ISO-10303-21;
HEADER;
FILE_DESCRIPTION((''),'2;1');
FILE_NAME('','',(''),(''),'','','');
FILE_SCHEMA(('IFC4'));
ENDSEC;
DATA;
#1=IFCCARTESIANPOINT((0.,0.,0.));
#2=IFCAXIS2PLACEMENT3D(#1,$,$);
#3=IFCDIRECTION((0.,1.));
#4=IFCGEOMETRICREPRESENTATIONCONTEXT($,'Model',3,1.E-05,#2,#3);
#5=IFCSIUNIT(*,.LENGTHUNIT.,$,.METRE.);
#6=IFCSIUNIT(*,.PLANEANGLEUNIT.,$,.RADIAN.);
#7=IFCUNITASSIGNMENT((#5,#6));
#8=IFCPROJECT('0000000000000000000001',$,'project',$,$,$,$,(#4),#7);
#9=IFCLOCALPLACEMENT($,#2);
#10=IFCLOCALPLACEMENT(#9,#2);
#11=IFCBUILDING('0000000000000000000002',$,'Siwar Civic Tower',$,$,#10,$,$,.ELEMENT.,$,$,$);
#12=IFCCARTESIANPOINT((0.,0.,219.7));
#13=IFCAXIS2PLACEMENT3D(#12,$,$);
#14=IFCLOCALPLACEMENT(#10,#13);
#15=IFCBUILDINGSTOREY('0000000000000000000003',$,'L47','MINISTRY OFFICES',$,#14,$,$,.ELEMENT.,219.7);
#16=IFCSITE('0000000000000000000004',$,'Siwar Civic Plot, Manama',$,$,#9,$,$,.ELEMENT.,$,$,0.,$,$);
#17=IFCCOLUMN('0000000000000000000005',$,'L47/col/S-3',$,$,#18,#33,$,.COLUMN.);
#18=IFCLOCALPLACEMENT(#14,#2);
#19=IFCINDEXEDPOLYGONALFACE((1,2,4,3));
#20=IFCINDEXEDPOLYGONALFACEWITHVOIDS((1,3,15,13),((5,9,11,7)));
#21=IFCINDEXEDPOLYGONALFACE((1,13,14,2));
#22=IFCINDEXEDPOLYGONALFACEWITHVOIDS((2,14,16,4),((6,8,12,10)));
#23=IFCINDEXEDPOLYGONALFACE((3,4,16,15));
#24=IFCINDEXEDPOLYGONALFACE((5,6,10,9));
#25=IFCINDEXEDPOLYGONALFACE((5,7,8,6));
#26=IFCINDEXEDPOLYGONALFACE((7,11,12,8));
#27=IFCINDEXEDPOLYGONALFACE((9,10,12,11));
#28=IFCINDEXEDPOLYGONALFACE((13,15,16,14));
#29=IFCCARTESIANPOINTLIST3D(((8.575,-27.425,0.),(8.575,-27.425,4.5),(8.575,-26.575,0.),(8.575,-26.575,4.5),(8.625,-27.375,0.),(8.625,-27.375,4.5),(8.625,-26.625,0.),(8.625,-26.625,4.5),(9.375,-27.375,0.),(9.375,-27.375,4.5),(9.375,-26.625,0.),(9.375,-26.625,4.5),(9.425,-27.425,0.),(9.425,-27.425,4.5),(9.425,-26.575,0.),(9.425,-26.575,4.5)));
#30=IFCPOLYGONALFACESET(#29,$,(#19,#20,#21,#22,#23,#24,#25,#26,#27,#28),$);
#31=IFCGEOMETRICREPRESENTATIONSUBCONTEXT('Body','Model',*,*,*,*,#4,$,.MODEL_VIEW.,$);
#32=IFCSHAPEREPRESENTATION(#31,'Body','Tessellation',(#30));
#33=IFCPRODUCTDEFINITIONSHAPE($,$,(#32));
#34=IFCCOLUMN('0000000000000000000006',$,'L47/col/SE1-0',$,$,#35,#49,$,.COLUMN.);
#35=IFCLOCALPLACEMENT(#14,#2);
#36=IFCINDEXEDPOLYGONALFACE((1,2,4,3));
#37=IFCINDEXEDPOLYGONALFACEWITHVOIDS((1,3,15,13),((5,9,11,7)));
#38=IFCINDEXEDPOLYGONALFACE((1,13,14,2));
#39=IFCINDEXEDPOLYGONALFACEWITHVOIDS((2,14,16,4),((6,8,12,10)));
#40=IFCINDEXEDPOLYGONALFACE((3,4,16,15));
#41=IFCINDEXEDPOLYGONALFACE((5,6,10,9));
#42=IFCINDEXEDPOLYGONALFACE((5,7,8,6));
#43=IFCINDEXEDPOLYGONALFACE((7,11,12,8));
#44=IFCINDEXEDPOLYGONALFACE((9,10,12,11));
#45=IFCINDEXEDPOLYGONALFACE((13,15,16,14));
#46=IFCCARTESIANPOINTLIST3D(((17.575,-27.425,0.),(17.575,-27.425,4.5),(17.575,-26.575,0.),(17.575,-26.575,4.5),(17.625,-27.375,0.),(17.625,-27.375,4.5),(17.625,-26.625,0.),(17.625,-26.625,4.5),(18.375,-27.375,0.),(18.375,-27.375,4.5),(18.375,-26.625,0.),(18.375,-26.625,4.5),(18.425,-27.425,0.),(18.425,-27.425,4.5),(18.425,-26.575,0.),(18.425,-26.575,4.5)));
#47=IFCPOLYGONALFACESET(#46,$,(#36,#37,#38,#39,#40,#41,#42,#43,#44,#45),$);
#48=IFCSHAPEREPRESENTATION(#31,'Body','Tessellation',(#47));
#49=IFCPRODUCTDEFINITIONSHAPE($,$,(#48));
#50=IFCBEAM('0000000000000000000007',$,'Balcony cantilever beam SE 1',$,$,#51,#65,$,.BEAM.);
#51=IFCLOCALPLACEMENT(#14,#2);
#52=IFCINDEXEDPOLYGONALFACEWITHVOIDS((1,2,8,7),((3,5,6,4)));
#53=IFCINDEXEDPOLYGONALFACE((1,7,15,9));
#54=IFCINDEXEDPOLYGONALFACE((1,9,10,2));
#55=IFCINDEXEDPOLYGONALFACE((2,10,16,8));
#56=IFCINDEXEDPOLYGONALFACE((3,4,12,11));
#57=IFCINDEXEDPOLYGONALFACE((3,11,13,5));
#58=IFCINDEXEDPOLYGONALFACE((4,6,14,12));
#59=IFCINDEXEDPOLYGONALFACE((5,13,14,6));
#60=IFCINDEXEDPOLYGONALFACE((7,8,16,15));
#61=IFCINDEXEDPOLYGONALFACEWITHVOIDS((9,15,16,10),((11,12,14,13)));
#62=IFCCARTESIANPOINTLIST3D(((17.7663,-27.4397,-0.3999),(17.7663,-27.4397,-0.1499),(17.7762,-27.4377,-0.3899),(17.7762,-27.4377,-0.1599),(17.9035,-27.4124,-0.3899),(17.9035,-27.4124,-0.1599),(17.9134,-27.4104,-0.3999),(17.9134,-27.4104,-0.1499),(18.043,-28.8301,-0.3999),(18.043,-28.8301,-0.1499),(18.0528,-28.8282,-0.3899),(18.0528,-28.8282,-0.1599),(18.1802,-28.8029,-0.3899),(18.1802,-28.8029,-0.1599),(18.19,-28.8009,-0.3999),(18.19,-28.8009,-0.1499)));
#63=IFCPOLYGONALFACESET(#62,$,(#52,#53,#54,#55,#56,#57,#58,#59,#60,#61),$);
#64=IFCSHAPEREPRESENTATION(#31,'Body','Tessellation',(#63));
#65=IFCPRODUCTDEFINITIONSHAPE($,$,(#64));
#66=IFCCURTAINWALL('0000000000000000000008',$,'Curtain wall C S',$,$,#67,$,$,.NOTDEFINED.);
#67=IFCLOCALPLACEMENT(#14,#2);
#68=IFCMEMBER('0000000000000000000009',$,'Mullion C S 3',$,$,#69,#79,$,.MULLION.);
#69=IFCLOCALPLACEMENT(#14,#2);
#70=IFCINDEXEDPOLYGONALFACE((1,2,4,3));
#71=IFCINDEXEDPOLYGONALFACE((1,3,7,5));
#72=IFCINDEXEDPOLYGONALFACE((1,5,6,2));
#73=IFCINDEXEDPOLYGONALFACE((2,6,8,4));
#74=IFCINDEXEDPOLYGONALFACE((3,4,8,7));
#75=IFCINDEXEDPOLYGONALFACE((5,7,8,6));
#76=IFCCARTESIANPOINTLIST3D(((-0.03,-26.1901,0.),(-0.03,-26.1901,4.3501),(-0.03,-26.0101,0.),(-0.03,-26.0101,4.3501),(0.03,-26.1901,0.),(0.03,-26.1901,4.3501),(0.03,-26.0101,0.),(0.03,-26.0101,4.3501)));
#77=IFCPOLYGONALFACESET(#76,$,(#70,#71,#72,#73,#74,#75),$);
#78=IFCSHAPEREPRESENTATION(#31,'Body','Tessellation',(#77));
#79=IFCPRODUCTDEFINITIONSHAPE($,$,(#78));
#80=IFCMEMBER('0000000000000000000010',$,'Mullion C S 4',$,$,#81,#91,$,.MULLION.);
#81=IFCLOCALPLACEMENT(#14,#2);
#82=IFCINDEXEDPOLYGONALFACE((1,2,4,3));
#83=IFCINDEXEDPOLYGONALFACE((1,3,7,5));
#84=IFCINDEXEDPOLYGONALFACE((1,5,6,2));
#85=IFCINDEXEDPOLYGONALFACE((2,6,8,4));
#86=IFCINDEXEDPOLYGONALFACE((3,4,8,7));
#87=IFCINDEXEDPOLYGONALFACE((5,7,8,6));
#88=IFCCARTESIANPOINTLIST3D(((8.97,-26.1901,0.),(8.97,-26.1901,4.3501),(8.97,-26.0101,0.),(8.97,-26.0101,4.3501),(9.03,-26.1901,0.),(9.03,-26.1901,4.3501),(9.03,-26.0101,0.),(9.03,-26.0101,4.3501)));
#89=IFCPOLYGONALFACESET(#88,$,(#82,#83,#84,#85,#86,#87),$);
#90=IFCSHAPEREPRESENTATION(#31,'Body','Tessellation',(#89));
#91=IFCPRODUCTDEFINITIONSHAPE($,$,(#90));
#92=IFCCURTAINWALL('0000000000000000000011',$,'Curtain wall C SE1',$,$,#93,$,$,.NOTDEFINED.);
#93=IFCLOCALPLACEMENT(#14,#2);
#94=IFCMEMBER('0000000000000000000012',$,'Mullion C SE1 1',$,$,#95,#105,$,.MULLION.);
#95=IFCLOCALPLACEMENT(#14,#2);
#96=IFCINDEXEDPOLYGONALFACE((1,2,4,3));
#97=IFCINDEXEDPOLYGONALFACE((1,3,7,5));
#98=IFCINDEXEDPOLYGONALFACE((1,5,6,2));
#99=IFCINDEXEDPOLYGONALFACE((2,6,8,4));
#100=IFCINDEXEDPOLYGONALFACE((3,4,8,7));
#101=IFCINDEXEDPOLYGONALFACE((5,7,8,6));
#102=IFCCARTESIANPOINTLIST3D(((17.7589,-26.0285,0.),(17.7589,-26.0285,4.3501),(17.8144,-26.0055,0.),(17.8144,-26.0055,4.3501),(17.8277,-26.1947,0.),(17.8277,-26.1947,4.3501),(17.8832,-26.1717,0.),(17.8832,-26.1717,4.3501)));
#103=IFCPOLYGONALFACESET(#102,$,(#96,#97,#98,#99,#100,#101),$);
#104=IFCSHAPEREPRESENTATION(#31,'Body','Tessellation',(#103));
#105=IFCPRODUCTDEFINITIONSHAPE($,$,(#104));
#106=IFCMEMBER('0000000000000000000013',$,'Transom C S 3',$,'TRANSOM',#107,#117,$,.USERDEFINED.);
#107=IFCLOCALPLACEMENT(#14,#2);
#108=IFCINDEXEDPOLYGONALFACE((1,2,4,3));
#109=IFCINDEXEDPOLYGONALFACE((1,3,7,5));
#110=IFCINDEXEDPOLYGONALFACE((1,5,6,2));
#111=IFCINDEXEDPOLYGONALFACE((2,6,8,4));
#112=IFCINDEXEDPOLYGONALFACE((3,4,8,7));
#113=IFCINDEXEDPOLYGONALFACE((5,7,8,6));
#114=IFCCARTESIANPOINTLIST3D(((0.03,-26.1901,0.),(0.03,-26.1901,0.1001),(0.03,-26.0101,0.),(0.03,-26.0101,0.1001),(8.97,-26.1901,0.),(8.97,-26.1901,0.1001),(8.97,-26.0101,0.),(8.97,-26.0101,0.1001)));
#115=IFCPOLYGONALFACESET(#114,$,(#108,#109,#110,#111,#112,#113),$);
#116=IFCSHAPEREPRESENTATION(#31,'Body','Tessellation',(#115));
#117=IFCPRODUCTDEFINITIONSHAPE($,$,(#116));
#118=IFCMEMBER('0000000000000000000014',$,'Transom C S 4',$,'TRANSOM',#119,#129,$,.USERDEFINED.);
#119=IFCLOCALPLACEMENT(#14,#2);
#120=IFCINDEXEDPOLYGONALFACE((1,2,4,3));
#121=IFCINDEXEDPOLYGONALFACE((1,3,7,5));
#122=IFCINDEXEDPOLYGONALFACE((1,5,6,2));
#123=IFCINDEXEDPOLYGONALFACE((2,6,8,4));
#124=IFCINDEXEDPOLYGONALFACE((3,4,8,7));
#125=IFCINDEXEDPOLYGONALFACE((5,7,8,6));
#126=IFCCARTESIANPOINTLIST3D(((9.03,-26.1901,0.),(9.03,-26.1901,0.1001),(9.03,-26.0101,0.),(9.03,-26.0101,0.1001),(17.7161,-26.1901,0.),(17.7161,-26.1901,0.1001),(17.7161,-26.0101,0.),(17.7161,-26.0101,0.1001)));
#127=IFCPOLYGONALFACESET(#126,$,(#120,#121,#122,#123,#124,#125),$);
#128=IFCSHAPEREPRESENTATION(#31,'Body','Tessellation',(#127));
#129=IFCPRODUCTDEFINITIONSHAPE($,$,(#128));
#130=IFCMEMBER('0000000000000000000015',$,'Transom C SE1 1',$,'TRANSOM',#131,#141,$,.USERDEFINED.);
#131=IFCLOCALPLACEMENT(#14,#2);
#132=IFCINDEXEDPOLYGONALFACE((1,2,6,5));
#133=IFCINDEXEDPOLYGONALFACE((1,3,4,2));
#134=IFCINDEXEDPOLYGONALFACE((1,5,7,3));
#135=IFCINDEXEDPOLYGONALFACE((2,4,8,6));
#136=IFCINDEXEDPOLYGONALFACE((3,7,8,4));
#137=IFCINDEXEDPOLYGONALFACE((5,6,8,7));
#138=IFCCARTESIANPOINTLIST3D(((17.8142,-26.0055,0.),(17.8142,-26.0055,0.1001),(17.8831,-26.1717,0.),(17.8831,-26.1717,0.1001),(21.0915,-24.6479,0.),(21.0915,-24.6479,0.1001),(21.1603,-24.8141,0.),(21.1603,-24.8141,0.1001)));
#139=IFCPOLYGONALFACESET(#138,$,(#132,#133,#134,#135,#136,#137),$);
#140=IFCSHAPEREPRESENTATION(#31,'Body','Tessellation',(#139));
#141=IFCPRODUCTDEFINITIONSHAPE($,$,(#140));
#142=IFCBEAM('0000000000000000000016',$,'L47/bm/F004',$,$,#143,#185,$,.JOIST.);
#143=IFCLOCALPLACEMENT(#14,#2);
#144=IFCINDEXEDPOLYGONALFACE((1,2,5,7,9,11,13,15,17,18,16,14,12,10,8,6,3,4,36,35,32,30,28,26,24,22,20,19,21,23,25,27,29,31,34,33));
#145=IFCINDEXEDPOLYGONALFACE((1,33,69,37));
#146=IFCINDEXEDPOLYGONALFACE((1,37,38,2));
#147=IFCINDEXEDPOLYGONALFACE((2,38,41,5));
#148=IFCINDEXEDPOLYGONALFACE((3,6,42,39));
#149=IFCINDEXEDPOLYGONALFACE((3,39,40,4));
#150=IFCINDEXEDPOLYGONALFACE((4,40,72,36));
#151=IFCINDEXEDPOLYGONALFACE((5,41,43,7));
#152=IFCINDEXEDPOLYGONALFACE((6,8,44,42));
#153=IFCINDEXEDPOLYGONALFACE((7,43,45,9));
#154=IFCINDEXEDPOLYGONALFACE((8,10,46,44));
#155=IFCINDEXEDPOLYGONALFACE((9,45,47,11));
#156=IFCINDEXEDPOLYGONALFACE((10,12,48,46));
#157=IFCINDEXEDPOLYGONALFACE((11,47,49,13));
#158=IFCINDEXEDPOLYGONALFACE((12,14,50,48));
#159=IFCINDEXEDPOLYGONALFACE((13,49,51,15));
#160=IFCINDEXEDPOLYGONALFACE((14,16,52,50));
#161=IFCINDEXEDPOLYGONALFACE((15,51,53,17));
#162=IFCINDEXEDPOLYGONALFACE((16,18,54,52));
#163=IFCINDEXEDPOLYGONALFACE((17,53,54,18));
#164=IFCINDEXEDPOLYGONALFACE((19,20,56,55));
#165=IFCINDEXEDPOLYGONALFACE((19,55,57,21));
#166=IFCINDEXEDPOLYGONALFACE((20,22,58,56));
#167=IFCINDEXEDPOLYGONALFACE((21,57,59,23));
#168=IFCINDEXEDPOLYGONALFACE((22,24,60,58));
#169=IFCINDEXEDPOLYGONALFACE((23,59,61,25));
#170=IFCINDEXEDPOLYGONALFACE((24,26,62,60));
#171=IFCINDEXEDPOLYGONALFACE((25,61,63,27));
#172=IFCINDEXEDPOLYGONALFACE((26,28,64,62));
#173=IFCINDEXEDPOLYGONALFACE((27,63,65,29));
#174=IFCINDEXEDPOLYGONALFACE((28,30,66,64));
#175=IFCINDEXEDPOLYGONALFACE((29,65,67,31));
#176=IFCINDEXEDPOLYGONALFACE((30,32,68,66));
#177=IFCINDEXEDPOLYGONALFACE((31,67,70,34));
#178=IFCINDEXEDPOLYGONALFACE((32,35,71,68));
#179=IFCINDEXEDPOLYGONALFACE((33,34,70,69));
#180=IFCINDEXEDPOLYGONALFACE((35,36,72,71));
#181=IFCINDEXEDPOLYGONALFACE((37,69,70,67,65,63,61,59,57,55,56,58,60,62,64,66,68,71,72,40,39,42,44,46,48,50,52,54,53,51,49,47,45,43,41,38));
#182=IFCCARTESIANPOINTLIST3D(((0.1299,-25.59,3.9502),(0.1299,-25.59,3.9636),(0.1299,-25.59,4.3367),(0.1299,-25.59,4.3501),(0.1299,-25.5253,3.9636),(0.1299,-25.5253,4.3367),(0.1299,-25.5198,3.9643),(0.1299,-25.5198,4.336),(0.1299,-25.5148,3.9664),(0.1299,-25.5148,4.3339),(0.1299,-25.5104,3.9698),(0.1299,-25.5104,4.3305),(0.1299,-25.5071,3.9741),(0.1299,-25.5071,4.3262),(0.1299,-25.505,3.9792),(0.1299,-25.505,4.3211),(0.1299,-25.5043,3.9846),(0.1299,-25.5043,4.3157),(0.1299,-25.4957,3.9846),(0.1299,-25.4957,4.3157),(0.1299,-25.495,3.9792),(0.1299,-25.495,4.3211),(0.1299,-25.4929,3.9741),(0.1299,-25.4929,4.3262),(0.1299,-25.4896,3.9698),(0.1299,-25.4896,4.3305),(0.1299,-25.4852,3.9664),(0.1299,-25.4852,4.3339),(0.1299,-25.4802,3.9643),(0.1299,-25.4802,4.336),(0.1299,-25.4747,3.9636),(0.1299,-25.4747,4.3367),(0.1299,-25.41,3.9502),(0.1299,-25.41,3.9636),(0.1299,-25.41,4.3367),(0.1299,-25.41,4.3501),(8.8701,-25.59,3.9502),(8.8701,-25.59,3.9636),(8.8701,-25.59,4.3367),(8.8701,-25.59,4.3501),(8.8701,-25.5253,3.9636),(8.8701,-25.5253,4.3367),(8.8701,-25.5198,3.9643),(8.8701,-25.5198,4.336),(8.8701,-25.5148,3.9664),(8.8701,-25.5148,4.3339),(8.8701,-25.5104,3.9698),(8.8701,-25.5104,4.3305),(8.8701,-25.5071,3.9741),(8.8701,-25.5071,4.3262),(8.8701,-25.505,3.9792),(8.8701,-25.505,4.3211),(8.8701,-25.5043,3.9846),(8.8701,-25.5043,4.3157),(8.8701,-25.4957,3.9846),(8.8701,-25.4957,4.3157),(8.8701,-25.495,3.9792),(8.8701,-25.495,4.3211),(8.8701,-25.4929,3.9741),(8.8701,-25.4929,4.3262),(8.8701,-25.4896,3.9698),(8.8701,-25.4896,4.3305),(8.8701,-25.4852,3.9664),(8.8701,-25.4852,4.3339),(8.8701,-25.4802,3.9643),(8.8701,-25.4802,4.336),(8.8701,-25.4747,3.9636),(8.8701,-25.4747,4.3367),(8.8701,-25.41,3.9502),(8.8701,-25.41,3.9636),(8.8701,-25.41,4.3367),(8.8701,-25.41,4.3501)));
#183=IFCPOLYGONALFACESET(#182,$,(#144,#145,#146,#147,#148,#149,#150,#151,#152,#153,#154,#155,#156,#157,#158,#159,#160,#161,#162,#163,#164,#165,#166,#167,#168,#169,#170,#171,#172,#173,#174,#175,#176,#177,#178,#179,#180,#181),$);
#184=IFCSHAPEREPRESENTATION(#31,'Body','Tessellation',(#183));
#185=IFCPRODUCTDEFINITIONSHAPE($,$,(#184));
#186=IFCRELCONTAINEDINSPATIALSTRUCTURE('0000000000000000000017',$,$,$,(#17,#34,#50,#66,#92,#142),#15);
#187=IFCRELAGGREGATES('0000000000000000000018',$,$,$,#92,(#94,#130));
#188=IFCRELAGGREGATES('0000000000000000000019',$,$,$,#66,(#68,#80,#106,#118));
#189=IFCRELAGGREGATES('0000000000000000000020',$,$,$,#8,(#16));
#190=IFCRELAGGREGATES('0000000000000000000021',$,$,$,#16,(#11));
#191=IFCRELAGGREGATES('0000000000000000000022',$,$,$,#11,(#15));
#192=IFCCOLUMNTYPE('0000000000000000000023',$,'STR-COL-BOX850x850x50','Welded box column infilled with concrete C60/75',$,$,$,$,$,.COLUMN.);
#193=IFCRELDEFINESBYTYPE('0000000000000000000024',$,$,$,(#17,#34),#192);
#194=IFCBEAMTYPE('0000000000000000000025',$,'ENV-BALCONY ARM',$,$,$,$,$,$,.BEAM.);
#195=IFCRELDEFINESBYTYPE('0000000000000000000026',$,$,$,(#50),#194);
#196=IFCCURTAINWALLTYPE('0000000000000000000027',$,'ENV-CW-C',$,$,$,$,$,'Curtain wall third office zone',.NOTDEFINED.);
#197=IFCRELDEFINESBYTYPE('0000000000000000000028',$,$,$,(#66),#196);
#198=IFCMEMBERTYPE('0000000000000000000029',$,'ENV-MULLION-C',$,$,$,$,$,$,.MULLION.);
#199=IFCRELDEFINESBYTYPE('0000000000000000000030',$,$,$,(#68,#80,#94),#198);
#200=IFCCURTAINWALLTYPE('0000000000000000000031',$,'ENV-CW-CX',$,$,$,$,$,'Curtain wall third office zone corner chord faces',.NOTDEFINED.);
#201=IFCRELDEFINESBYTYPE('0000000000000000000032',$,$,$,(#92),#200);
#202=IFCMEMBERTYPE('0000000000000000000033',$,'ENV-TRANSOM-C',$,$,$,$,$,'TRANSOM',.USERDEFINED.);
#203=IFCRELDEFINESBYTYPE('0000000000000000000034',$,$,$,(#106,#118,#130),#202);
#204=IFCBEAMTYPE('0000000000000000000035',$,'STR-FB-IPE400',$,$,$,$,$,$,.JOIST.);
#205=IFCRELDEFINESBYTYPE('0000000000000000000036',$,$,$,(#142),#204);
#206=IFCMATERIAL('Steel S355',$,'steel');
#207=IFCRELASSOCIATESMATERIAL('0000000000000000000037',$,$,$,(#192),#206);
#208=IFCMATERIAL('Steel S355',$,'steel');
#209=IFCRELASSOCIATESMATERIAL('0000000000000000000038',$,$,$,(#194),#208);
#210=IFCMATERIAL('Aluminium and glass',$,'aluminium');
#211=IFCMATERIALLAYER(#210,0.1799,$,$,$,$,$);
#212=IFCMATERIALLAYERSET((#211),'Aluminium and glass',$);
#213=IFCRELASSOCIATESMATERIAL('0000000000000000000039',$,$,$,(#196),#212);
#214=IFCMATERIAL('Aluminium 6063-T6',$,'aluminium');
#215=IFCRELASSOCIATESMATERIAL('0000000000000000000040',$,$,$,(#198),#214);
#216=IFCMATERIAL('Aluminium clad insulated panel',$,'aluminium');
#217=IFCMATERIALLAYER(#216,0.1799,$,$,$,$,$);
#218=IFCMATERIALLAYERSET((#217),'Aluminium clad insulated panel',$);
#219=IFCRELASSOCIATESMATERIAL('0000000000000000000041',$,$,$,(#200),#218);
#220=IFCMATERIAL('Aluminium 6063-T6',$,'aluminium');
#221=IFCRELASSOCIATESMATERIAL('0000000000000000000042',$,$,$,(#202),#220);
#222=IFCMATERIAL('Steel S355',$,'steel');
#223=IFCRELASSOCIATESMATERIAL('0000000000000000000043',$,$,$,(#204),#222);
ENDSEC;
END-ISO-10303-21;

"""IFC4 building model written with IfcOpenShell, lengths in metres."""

from ifc_helpers import new_model, si_unit, direction, frame, origin, origin_2d, place, context, subcontext, project, spatial, rectangle, hollow_rectangle, i_section, extrude, material, layer, layer_set, material_profile, profile_set, type_object, element, aggregate, save


model = new_model("IFC4")

# Units and contexts
model_context = context("Model", 3, precision=1e-05, world=origin(), true_north=direction((0.0, 1.0)))
body_context = subcontext(model_context, "Body", "Model", "MODEL_VIEW")
ifc_project = project(units=[si_unit("LENGTHUNIT", "METRE"), si_unit("PLANEANGLEUNIT", "RADIAN")], contexts=[model_context])

# Site, building, storey
site_placement = place(None, origin())
site = spatial("IfcSite", under=ifc_project, at=site_placement, Name="Siwar Civic Plot, Manama", CompositionType="ELEMENT", RefElevation=0.0)
building_placement = place(site_placement, origin())
building = spatial("IfcBuilding", under=site, at=building_placement, Name="Siwar Civic Tower", CompositionType="ELEMENT")
storey_placement = place(building_placement, frame((0.0, 0.0, 219.7)))
storey = spatial("IfcBuildingStorey", under=building, at=storey_placement, Name="L47", Description="MINISTRY OFFICES", CompositionType="ELEMENT", Elevation=219.7)

# Columns
ifc_material_1 = material(Name="Steel S355", Category="steel")
ifc_material_profile_1 = material_profile(ifc_material_1, hollow_rectangle(XDim=0.8501, YDim=0.8501, WallThickness=0.05, at=origin_2d()), Name="BOX850x850x50")
ifc_profile_set_1 = profile_set([ifc_material_profile_1], Name="Steel S355")
column_type = type_object("IfcColumnType", Name="STR-COL-BOX850x850x50", Description="Welded box column infilled with concrete C60/75", PredefinedType="COLUMN", material=ifc_profile_set_1)
for number, where, z_axis, x_axis, name in (
    (1, (9.0, -27.0, 0.0), (0.0, 0.0, 1.0), (1.0, 0.0, 0.0), "L47/col/S-3"),
    (2, (18.0, -27.0, 0.0), (0.0, 0.0, 1.0), (1.0, 0.0, 0.0), "L47/col/SE1-0"),
):
    element("IfcColumn", number, at=place(storey_placement, frame(where, z_axis=z_axis, x_axis=x_axis)), inside=storey, type_object=column_type, Name=name, PredefinedType="COLUMN", context=body_context, shape_type="SweptSolid", body=[
        extrude(hollow_rectangle(XDim=0.8501, YDim=0.8501, WallThickness=0.05, at=origin_2d()), origin(), (0.0, 0.0, 1.0), 4.5),
    ])

# Beam
ifc_material_2 = material(Name="Steel S355", Category="steel")
ifc_material_profile_2 = material_profile(ifc_material_2, hollow_rectangle(XDim=0.1499, YDim=0.25, WallThickness=0.01, at=origin_2d()), Name="RHS250x150x10")
ifc_profile_set_2 = profile_set([ifc_material_profile_2], Name="Steel S355")
beam_type_1 = type_object("IfcBeamType", Name="ENV-BALCONY ARM", PredefinedType="BEAM", material=ifc_profile_set_2)
beam_1_placement = place(storey_placement, frame((17.8398, -27.425, -0.2749), z_axis=(0.195122, -0.980779, 0.0), x_axis=(0.980779, 0.195122, 0.0)))
element("IfcBeam", 3, at=beam_1_placement, inside=storey, type_object=beam_type_1, Name="Balcony cantilever beam SE 1", PredefinedType="BEAM", context=body_context, shape_type="SweptSolid", body=[
    extrude(hollow_rectangle(XDim=0.1499, YDim=0.25, WallThickness=0.01, at=origin_2d()), origin(), (0.0, 0.0, 1.0), 1.4177),
])

# Curtain wall, members
ifc_material_3 = material(Name="Aluminium and glass", Category="aluminium")
ifc_layer_1 = layer(ifc_material_3, 0.1799)
ifc_layer_set_1 = layer_set([ifc_layer_1], Name="Aluminium and glass")
curtain_wall_type_1 = type_object("IfcCurtainWallType", Name="ENV-CW-C", ElementType="Curtain wall third office zone", PredefinedType="NOTDEFINED", material=ifc_layer_set_1)
curtain_wall_1_placement = place(storey_placement, origin())
curtain_wall_1 = element("IfcCurtainWall", 4, at=curtain_wall_1_placement, inside=storey, type_object=curtain_wall_type_1, Name="Curtain wall C S", PredefinedType="NOTDEFINED")
ifc_material_4 = material(Name="Aluminium 6063-T6", Category="aluminium")
ifc_material_profile_3 = material_profile(ifc_material_4, rectangle(XDim=0.1799, YDim=0.0601, at=origin_2d()), Name="AL 180x60")
ifc_profile_set_3 = profile_set([ifc_material_profile_3], Name="Aluminium 6063-T6")
member_type_1 = type_object("IfcMemberType", Name="ENV-MULLION-C", PredefinedType="MULLION", material=ifc_profile_set_3)
member_1_placement = place(storey_placement, frame((0.0, -26.1001, 0.0), z_axis=(0.0, 0.0, 1.0), x_axis=(0.0, 1.0, 0.0)))
member_1 = element("IfcMember", 5, at=member_1_placement, type_object=member_type_1, Name="Mullion C S 3", PredefinedType="MULLION", context=body_context, shape_type="SweptSolid", body=[
    extrude(rectangle(XDim=0.1799, YDim=0.0601, at=origin_2d()), origin(), (0.0, 0.0, 1.0), 4.3501),
])
member_2_placement = place(storey_placement, frame((9.0, -26.1001, 0.0), z_axis=(0.0, 0.0, 1.0), x_axis=(0.0, 1.0, 0.0)))
member_2 = element("IfcMember", 6, at=member_2_placement, type_object=member_type_1, Name="Mullion C S 4", PredefinedType="MULLION", context=body_context, shape_type="SweptSolid", body=[
    extrude(rectangle(XDim=0.1799, YDim=0.0601, at=origin_2d()), origin(), (0.0, 0.0, 1.0), 4.3501),
])

# Curtain wall, member
ifc_material_5 = material(Name="Aluminium clad insulated panel", Category="aluminium")
ifc_layer_2 = layer(ifc_material_5, 0.1799)
ifc_layer_set_2 = layer_set([ifc_layer_2], Name="Aluminium clad insulated panel")
curtain_wall_type_2 = type_object("IfcCurtainWallType", Name="ENV-CW-CX", ElementType="Curtain wall third office zone corner chord faces", PredefinedType="NOTDEFINED", material=ifc_layer_set_2)
curtain_wall_2_placement = place(storey_placement, origin())
curtain_wall_2 = element("IfcCurtainWall", 7, at=curtain_wall_2_placement, inside=storey, type_object=curtain_wall_type_2, Name="Curtain wall C SE1", PredefinedType="NOTDEFINED")
member_3_placement = place(storey_placement, frame((17.821, -26.1001, 0.0), z_axis=(0.0, 0.0, 1.0), x_axis=(-0.382683, 0.92388, 0.0)))
member_3 = element("IfcMember", 8, at=member_3_placement, type_object=member_type_1, Name="Mullion C SE1 1", PredefinedType="MULLION", context=body_context, shape_type="SweptSolid", body=[
    extrude(rectangle(XDim=0.1799, YDim=0.0601, at=origin_2d()), origin(), (0.0, 0.0, 1.0), 4.3501),
])

# Members
ifc_material_6 = material(Name="Aluminium 6063-T6", Category="aluminium")
ifc_material_profile_4 = material_profile(ifc_material_6, rectangle(XDim=0.1799, YDim=0.1001, at=origin_2d()), Name="AL 180x100")
ifc_profile_set_4 = profile_set([ifc_material_profile_4], Name="Aluminium 6063-T6")
member_type_2 = type_object("IfcMemberType", Name="ENV-TRANSOM-C", ElementType="TRANSOM", PredefinedType="USERDEFINED", material=ifc_profile_set_4)
member_4_placement = place(storey_placement, frame((0.03, -26.1001, 0.05), z_axis=(1.0, 0.0, 0.0), x_axis=(0.0, 1.0, 0.0)))
member_4 = element("IfcMember", 9, at=member_4_placement, type_object=member_type_2, Name="Transom C S 3", ObjectType="TRANSOM", PredefinedType="USERDEFINED", context=body_context, shape_type="SweptSolid", body=[
    extrude(rectangle(XDim=0.1799, YDim=0.1001, at=origin_2d()), origin(), (0.0, 0.0, 1.0), 8.9399),
])
member_5_placement = place(storey_placement, frame((9.03, -26.1001, 0.05), z_axis=(1.0, 0.0, 0.0), x_axis=(0.0, 1.0, 0.0)))
member_5 = element("IfcMember", 10, at=member_5_placement, type_object=member_type_2, Name="Transom C S 4", ObjectType="TRANSOM", PredefinedType="USERDEFINED", context=body_context, shape_type="SweptSolid", body=[
    extrude(rectangle(XDim=0.1799, YDim=0.1001, at=origin_2d()), origin(), (0.0, 0.0, 1.0), 8.686),
])
member_6_placement = place(storey_placement, frame((17.8486, -26.0886, 0.05), z_axis=(0.923865, 0.382719, 0.0), x_axis=(-0.382719, 0.923865, 0.0)))
member_6 = element("IfcMember", 11, at=member_6_placement, type_object=member_type_2, Name="Transom C SE1 1", ObjectType="TRANSOM", PredefinedType="USERDEFINED", context=body_context, shape_type="SweptSolid", body=[
    extrude(rectangle(XDim=0.1799, YDim=0.1001, at=origin_2d()), origin(), (0.0, 0.0, 1.0), 3.5474),
])
aggregate(curtain_wall_2, [member_3, member_6])

# Beam
ifc_material_7 = material(Name="Steel S355", Category="steel")
ifc_material_profile_5 = material_profile(ifc_material_7, i_section(OverallWidth=0.1799, OverallDepth=0.3999, WebThickness=0.0085, FlangeThickness=0.0134, FilletRadius=0.021, at=origin_2d()), Name="IPE400")
ifc_profile_set_5 = profile_set([ifc_material_profile_5], Name="Steel S355")
beam_type_2 = type_object("IfcBeamType", Name="STR-FB-IPE400", PredefinedType="JOIST", material=ifc_profile_set_5)
for number, where, z_axis, x_axis, name in (
    (12, (0.1299, -25.5, 4.1501), (1.0, 0.0, 0.0), (0.0, 1.0, 0.0), "L47/bm/F004"),
):
    element("IfcBeam", number, at=place(storey_placement, frame(where, z_axis=z_axis, x_axis=x_axis)), inside=storey, type_object=beam_type_2, Name=name, PredefinedType="JOIST", context=body_context, shape_type="SweptSolid", body=[
        extrude(i_section(OverallWidth=0.1799, OverallDepth=0.3999, WebThickness=0.0085, FlangeThickness=0.0134, FilletRadius=0.021, at=origin_2d()), origin(), (0.0, 0.0, 1.0), 8.7402),
    ])

aggregate(curtain_wall_1, [member_1, member_2, member_4, member_5])

save(model, "model.ifc")
